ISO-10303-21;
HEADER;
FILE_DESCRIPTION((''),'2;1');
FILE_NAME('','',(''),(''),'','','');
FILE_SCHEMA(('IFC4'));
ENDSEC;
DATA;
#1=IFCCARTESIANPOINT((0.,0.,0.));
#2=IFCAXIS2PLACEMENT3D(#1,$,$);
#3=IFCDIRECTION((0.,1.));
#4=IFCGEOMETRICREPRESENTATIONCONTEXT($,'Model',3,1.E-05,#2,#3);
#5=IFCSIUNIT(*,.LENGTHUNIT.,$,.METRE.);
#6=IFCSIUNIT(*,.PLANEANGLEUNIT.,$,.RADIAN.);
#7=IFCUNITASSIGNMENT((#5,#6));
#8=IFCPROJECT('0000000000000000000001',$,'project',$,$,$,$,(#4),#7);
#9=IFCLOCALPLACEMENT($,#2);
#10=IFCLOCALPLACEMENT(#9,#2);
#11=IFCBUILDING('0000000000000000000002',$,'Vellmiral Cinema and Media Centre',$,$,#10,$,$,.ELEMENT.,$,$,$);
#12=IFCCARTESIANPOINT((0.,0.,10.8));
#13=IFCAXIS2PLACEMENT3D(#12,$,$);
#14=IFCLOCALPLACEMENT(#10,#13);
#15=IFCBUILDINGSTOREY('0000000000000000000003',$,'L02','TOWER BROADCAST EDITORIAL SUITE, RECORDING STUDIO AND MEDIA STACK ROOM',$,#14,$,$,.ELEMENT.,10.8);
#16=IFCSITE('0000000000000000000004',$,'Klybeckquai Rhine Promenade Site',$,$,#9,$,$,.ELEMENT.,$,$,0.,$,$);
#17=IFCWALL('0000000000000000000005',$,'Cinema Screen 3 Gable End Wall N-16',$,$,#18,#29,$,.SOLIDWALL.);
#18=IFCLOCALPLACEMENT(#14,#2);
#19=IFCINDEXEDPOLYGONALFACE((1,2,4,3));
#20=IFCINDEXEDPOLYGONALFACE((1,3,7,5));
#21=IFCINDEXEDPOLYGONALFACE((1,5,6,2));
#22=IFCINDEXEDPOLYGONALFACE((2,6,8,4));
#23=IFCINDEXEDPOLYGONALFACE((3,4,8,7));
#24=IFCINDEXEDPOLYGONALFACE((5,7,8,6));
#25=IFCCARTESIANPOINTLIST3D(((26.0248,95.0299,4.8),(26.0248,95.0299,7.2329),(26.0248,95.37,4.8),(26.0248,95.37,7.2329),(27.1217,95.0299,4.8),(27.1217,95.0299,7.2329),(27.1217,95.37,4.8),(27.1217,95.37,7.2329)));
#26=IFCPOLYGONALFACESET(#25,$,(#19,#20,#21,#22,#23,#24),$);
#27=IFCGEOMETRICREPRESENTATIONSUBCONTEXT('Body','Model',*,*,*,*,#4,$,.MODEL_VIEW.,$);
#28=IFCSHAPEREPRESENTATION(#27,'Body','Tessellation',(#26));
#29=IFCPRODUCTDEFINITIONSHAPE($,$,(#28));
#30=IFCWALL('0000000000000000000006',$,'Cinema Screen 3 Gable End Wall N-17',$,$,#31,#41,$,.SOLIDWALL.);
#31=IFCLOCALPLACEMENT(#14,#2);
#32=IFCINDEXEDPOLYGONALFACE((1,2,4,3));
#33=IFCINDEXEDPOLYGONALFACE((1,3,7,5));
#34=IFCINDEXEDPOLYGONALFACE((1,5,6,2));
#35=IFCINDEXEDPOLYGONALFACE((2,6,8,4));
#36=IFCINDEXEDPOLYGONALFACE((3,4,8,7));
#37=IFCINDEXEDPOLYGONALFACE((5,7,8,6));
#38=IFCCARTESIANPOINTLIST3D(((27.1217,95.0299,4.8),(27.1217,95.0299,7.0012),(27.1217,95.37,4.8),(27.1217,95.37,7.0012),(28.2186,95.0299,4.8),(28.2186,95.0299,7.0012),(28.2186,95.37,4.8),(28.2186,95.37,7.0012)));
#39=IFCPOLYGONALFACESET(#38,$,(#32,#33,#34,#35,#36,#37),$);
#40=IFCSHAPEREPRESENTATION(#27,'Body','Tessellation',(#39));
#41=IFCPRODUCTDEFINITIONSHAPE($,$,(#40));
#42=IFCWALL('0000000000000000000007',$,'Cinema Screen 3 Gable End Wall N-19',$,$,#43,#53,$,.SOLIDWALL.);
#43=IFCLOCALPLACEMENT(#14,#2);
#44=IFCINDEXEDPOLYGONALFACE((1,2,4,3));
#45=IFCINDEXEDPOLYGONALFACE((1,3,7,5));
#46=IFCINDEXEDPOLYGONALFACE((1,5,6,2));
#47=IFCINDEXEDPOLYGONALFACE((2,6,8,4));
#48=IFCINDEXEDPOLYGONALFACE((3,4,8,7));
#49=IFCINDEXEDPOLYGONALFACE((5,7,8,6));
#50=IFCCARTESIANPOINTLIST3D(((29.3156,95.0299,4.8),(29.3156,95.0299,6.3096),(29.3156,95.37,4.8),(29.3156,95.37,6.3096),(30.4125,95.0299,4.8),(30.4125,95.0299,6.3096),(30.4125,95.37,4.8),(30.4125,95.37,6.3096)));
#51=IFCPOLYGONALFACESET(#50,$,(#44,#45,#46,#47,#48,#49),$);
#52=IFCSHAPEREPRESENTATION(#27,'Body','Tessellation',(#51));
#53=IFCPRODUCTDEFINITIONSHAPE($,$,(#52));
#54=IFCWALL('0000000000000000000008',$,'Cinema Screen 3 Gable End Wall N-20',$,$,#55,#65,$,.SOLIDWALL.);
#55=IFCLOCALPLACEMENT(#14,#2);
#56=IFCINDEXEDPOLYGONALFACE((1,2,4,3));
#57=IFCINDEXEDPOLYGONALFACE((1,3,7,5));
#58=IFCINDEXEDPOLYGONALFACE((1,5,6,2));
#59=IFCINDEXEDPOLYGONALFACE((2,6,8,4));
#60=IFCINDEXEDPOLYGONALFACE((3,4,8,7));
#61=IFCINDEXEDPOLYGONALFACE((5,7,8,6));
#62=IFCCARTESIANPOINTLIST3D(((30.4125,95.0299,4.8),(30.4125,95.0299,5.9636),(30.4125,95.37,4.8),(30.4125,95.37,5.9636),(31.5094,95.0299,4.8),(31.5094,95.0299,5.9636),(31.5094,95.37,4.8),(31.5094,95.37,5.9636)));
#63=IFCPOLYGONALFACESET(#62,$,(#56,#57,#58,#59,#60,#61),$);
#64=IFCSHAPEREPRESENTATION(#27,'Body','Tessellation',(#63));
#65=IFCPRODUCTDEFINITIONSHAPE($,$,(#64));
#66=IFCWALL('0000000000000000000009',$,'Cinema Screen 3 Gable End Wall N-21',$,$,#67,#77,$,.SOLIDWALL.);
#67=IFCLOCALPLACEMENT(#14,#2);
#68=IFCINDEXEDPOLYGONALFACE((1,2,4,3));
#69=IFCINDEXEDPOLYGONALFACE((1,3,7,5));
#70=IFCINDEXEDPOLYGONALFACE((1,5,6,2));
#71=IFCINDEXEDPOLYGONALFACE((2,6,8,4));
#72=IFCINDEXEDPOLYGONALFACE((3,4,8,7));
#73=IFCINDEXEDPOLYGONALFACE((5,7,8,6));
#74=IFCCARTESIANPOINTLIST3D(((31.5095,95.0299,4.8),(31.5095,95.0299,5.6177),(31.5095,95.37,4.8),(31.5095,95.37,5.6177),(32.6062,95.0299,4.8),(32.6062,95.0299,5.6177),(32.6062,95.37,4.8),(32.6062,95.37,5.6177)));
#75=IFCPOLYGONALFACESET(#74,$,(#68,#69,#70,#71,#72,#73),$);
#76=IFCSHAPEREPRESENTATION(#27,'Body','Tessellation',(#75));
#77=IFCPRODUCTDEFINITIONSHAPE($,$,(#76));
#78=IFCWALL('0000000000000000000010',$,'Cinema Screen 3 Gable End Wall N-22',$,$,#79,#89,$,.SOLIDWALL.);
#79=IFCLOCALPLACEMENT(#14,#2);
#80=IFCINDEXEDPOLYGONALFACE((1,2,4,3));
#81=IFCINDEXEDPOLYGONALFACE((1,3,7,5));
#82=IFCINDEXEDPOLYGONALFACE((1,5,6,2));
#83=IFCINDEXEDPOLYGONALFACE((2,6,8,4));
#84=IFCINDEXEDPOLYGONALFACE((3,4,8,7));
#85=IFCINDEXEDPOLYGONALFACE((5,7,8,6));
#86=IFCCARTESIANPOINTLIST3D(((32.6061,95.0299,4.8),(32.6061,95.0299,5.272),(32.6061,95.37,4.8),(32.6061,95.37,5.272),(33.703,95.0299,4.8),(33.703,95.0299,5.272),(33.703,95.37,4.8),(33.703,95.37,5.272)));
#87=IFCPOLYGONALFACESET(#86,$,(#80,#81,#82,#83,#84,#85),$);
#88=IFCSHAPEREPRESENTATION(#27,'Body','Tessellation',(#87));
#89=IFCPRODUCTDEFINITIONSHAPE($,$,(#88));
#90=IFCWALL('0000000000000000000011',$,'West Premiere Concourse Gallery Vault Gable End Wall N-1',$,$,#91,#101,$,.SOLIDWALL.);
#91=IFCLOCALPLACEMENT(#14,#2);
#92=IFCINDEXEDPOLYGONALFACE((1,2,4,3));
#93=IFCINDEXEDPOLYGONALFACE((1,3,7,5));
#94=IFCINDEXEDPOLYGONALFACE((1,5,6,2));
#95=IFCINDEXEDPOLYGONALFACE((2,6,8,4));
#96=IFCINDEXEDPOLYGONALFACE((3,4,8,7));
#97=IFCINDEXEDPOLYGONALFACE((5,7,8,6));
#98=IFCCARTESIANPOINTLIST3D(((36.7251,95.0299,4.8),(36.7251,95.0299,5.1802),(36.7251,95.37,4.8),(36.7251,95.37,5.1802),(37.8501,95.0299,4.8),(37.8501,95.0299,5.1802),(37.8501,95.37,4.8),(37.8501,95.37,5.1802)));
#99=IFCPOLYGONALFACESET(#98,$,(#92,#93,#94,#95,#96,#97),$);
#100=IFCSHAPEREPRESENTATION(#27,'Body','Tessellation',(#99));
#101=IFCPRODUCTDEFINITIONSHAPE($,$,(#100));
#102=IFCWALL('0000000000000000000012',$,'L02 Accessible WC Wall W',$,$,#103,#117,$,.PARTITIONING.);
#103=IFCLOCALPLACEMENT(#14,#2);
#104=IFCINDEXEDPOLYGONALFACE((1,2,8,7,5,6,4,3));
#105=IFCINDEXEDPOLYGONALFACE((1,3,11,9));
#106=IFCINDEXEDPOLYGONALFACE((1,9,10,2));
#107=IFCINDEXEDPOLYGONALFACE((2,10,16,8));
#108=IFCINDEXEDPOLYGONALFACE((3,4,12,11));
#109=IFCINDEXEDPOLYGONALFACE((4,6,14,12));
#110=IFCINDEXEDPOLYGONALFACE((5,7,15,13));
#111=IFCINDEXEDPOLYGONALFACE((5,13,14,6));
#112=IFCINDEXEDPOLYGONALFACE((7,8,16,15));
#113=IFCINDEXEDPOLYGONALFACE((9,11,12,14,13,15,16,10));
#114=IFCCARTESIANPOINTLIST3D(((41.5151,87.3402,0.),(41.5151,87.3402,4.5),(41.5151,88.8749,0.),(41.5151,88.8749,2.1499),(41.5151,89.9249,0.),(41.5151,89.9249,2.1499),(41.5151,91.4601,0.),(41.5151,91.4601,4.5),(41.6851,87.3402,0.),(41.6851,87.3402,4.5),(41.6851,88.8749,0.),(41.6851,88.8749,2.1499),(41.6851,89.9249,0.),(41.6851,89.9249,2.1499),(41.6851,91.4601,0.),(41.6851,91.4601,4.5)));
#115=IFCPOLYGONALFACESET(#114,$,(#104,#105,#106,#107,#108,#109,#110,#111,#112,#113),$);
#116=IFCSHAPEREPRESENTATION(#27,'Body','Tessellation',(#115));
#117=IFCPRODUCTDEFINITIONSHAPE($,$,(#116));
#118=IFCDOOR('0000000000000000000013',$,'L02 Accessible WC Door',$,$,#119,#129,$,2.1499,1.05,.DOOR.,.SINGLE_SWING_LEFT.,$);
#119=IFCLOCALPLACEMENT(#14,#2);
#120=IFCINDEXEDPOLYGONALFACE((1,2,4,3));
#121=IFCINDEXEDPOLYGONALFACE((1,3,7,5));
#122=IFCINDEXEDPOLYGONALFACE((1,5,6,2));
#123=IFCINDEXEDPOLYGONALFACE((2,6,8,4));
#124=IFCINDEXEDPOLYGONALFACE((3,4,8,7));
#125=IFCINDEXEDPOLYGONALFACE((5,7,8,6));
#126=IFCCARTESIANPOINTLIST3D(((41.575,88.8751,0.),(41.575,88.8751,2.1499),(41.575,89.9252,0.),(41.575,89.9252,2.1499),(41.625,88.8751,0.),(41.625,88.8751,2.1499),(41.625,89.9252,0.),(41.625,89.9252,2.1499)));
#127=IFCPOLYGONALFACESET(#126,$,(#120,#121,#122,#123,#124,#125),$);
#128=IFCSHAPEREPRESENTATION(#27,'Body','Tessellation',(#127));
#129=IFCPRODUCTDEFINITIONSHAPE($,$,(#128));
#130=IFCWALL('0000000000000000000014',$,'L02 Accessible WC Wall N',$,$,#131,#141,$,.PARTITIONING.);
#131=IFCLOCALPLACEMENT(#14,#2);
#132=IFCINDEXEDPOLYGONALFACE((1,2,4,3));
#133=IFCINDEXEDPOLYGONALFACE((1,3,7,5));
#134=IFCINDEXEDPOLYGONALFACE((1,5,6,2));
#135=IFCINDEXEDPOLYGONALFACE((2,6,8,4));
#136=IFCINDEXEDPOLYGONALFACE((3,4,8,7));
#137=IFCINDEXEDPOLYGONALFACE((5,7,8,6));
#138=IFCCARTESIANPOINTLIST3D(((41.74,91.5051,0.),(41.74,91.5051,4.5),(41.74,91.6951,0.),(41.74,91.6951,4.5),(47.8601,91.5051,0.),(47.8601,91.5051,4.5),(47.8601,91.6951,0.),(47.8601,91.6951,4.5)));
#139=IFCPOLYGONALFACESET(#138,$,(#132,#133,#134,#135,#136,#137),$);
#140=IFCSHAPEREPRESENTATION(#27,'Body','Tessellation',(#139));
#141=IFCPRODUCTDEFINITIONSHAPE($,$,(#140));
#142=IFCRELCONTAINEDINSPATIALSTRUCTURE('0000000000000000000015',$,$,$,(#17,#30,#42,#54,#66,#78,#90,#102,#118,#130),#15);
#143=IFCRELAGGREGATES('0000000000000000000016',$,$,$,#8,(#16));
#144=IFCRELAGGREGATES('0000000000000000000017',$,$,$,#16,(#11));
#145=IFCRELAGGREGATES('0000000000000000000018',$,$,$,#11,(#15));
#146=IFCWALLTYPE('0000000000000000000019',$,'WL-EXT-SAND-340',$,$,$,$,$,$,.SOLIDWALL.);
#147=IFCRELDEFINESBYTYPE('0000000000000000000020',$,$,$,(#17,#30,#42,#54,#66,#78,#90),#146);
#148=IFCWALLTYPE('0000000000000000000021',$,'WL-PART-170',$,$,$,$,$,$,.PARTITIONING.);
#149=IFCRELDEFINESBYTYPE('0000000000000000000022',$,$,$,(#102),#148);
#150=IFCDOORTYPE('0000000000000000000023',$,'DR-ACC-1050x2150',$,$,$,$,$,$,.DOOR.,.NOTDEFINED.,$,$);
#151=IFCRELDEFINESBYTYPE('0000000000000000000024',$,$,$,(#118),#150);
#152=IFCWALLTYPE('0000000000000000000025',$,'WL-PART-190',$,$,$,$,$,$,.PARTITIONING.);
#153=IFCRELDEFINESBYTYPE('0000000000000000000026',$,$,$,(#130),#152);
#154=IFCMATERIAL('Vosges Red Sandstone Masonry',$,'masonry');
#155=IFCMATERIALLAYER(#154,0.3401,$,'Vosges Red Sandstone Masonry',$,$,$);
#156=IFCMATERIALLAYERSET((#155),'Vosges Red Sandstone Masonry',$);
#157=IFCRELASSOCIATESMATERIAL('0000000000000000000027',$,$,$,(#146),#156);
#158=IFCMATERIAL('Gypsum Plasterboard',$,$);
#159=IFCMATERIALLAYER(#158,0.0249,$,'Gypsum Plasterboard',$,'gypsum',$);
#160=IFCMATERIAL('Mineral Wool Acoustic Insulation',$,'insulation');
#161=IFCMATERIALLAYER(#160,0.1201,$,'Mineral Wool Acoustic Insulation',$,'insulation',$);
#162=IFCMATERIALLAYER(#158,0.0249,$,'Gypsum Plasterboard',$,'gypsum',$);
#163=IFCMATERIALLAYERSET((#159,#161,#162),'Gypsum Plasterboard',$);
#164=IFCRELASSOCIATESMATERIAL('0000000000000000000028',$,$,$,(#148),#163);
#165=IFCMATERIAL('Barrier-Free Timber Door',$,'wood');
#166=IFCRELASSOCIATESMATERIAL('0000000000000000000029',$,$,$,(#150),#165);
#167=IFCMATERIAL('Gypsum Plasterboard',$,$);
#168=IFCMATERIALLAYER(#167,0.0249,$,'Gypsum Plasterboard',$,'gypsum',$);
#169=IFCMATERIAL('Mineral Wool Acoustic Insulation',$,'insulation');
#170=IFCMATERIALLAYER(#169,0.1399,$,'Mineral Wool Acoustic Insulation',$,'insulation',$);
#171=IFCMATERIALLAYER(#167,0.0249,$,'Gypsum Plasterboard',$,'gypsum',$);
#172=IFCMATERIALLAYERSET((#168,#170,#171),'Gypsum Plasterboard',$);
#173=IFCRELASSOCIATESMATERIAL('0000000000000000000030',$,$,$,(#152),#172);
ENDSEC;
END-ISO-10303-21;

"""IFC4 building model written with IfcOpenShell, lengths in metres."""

from ifc_helpers import new_model, si_unit, direction, frame, frame_2d, origin, place, context, subcontext, project, spatial, rectangle, extrude, material, layer, layer_set, type_object, element, fill, save


model = new_model("IFC4")

# Units and contexts
model_context = context("Model", 3, precision=1e-05, world=origin(), true_north=direction((0.0, 1.0)))
body_context = subcontext(model_context, "Body", "Model", "MODEL_VIEW")
ifc_project = project(units=[si_unit("LENGTHUNIT", "METRE"), si_unit("PLANEANGLEUNIT", "RADIAN")], contexts=[model_context])

# Site, building, storey
site_placement = place(None, origin())
site = spatial("IfcSite", under=ifc_project, at=site_placement, Name="Klybeckquai Rhine Promenade Site", CompositionType="ELEMENT", RefElevation=0.0)
building_placement = place(site_placement, origin())
building = spatial("IfcBuilding", under=site, at=building_placement, Name="Vellmiral Cinema and Media Centre", CompositionType="ELEMENT")
storey_placement = place(building_placement, frame((0.0, 0.0, 10.8)))
storey = spatial("IfcBuildingStorey", under=building, at=storey_placement, Name="L02", Description="TOWER BROADCAST EDITORIAL SUITE, RECORDING STUDIO AND MEDIA STACK ROOM", CompositionType="ELEMENT", Elevation=10.8)

# Walls
ifc_material_1 = material(Name="Vosges Red Sandstone Masonry", Category="masonry")
ifc_layer_1 = layer(ifc_material_1, 0.3401, Name="Vosges Red Sandstone Masonry")
ifc_layer_set_1 = layer_set([ifc_layer_1], Name="Vosges Red Sandstone Masonry")
wall_type_1 = type_object("IfcWallType", Name="WL-EXT-SAND-340", PredefinedType="SOLIDWALL", material=ifc_layer_set_1)
wall_1_placement = place(storey_placement, frame((26.0249, 95.2, 4.8), z_axis=(0.0, 0.0, 1.0), x_axis=(1.0, 0.0, 0.0)))
element("IfcWall", 1, at=wall_1_placement, inside=storey, type_object=wall_type_1, Name="Cinema Screen 3 Gable End Wall N-16", PredefinedType="SOLIDWALL", context=body_context, shape_type="SweptSolid", body=[
    extrude(rectangle(XDim=1.0969, YDim=0.3401, at=frame_2d((0.5483, 0.0))), origin(), (0.0, 0.0, 1.0), 2.4329),
])
wall_2_placement = place(storey_placement, frame((27.1218, 95.2, 4.8), z_axis=(0.0, 0.0, 1.0), x_axis=(1.0, 0.0, 0.0)))
element("IfcWall", 2, at=wall_2_placement, inside=storey, type_object=wall_type_1, Name="Cinema Screen 3 Gable End Wall N-17", PredefinedType="SOLIDWALL", context=body_context, shape_type="SweptSolid", body=[
    extrude(rectangle(XDim=1.0969, YDim=0.3401, at=frame_2d((0.5483, 0.0))), origin(), (0.0, 0.0, 1.0), 2.2012),
])
wall_3_placement = place(storey_placement, frame((29.3157, 95.2, 4.8), z_axis=(0.0, 0.0, 1.0), x_axis=(1.0, 0.0, 0.0)))
element("IfcWall", 3, at=wall_3_placement, inside=storey, type_object=wall_type_1, Name="Cinema Screen 3 Gable End Wall N-19", PredefinedType="SOLIDWALL", context=body_context, shape_type="SweptSolid", body=[
    extrude(rectangle(XDim=1.0969, YDim=0.3401, at=frame_2d((0.5483, 0.0))), origin(), (0.0, 0.0, 1.0), 1.5095),
])
wall_4_placement = place(storey_placement, frame((30.4126, 95.2, 4.8), z_axis=(0.0, 0.0, 1.0), x_axis=(1.0, 0.0, 0.0)))
element("IfcWall", 4, at=wall_4_placement, inside=storey, type_object=wall_type_1, Name="Cinema Screen 3 Gable End Wall N-20", PredefinedType="SOLIDWALL", context=body_context, shape_type="SweptSolid", body=[
    extrude(rectangle(XDim=1.0969, YDim=0.3401, at=frame_2d((0.5483, 0.0))), origin(), (0.0, 0.0, 1.0), 1.1636),
])
wall_5_placement = place(storey_placement, frame((31.5095, 95.2, 4.8), z_axis=(0.0, 0.0, 1.0), x_axis=(1.0, 0.0, 0.0)))
element("IfcWall", 5, at=wall_5_placement, inside=storey, type_object=wall_type_1, Name="Cinema Screen 3 Gable End Wall N-21", PredefinedType="SOLIDWALL", context=body_context, shape_type="SweptSolid", body=[
    extrude(rectangle(XDim=1.0967, YDim=0.3401, at=frame_2d((0.5483, 0.0))), origin(), (0.0, 0.0, 1.0), 0.8176),
])
wall_6_placement = place(storey_placement, frame((32.6062, 95.2, 4.8), z_axis=(0.0, 0.0, 1.0), x_axis=(1.0, 0.0, 0.0)))
element("IfcWall", 6, at=wall_6_placement, inside=storey, type_object=wall_type_1, Name="Cinema Screen 3 Gable End Wall N-22", PredefinedType="SOLIDWALL", context=body_context, shape_type="SweptSolid", body=[
    extrude(rectangle(XDim=1.0969, YDim=0.3401, at=frame_2d((0.5483, 0.0))), origin(), (0.0, 0.0, 1.0), 0.4719),
])
wall_7_placement = place(storey_placement, frame((36.7251, 95.2, 4.8), z_axis=(0.0, 0.0, 1.0), x_axis=(1.0, 0.0, 0.0)))
element("IfcWall", 7, at=wall_7_placement, inside=storey, type_object=wall_type_1, Name="West Premiere Concourse Gallery Vault Gable End Wall N-1", PredefinedType="SOLIDWALL", context=body_context, shape_type="SweptSolid", body=[
    extrude(rectangle(XDim=1.125, YDim=0.3401, at=frame_2d((0.5625, 0.0))), origin(), (0.0, 0.0, 1.0), 0.3801),
])

# Wall, opening, door
ifc_material_2 = material(Name="Gypsum Plasterboard")
ifc_layer_2 = layer(ifc_material_2, 0.0249, Name="Gypsum Plasterboard", Category="gypsum")
ifc_material_3 = material(Name="Mineral Wool Acoustic Insulation", Category="insulation")
ifc_layer_3 = layer(ifc_material_3, 0.1201, Name="Mineral Wool Acoustic Insulation", Category="insulation")
ifc_layer_4 = layer(ifc_material_2, 0.0249, Name="Gypsum Plasterboard", Category="gypsum")
ifc_layer_set_2 = layer_set([ifc_layer_2, ifc_layer_3, ifc_layer_4], Name="Gypsum Plasterboard")
wall_type_2 = type_object("IfcWallType", Name="WL-PART-170", PredefinedType="PARTITIONING", material=ifc_layer_set_2)
wall_8_placement = place(storey_placement, frame((41.6001, 87.3401, 0.0), z_axis=(0.0, 0.0, 1.0), x_axis=(0.0, 1.0, 0.0)))
wall_8 = element("IfcWall", 8, at=wall_8_placement, inside=storey, type_object=wall_type_2, Name="L02 Accessible WC Wall W", PredefinedType="PARTITIONING", context=body_context, shape_type="SweptSolid", body=[
    extrude(rectangle(XDim=4.1199, YDim=0.1699, at=frame_2d((2.0601, 0.0))), origin(), (0.0, 0.0, 1.0), 4.5),
])
opening_placement = place(wall_8_placement, frame((1.5349, 0.0, 0.0)))
opening = element("IfcOpeningElement", 9, at=opening_placement, cuts=wall_8, PredefinedType="OPENING", context=body_context, shape_type="SweptSolid", body=[
    extrude(rectangle(XDim=1.05, YDim=2.1499, at=frame_2d((0.5249, 1.075))), frame((0.0, 0.0969, 0.0), z_axis=(0.0, -1.0, 0.0), x_axis=(1.0, 0.0, 0.0)), (0.0, 0.0, 1.0), 0.1938),
])
ifc_material_4 = material(Name="Barrier-Free Timber Door", Category="wood")
door_type = type_object("IfcDoorType", Name="DR-ACC-1050x2150", OperationType="NOTDEFINED", PredefinedType="DOOR", material=ifc_material_4)
door_placement = place(opening_placement, frame((1.05, 0.0, 0.0), z_axis=(0.0, 0.0, 1.0), x_axis=(-1.0, 0.0, 0.0)))
door = element("IfcDoor", 10, at=door_placement, inside=storey, type_object=door_type, Name="L02 Accessible WC Door", OperationType="SINGLE_SWING_LEFT", OverallHeight=2.1499, OverallWidth=1.05, PredefinedType="DOOR", context=body_context, shape_type="SweptSolid", body=[
    extrude(rectangle(XDim=1.05, YDim=2.1499, at=frame_2d((0.5249, 1.075))), frame((0.0, 0.0249, 0.0), z_axis=(0.0, -1.0, 0.0), x_axis=(1.0, 0.0, 0.0)), (0.0, 0.0, 1.0), 0.05),
])
fill(opening, door)

# Wall
ifc_material_5 = material(Name="Gypsum Plasterboard")
ifc_layer_5 = layer(ifc_material_5, 0.0249, Name="Gypsum Plasterboard", Category="gypsum")
ifc_material_6 = material(Name="Mineral Wool Acoustic Insulation", Category="insulation")
ifc_layer_6 = layer(ifc_material_6, 0.1399, Name="Mineral Wool Acoustic Insulation", Category="insulation")
ifc_layer_7 = layer(ifc_material_5, 0.0249, Name="Gypsum Plasterboard", Category="gypsum")
ifc_layer_set_3 = layer_set([ifc_layer_5, ifc_layer_6, ifc_layer_7], Name="Gypsum Plasterboard")
wall_type_3 = type_object("IfcWallType", Name="WL-PART-190", PredefinedType="PARTITIONING", material=ifc_layer_set_3)
wall_9_placement = place(storey_placement, frame((41.74, 91.6001, 0.0), z_axis=(0.0, 0.0, 1.0), x_axis=(1.0, 0.0, 0.0)))
element("IfcWall", 11, at=wall_9_placement, inside=storey, type_object=wall_type_3, Name="L02 Accessible WC Wall N", PredefinedType="PARTITIONING", context=body_context, shape_type="SweptSolid", body=[
    extrude(rectangle(XDim=6.1201, YDim=0.1899, at=frame_2d((3.0601, 0.0))), origin(), (0.0, 0.0, 1.0), 4.5),
])

save(model, "model.ifc")
